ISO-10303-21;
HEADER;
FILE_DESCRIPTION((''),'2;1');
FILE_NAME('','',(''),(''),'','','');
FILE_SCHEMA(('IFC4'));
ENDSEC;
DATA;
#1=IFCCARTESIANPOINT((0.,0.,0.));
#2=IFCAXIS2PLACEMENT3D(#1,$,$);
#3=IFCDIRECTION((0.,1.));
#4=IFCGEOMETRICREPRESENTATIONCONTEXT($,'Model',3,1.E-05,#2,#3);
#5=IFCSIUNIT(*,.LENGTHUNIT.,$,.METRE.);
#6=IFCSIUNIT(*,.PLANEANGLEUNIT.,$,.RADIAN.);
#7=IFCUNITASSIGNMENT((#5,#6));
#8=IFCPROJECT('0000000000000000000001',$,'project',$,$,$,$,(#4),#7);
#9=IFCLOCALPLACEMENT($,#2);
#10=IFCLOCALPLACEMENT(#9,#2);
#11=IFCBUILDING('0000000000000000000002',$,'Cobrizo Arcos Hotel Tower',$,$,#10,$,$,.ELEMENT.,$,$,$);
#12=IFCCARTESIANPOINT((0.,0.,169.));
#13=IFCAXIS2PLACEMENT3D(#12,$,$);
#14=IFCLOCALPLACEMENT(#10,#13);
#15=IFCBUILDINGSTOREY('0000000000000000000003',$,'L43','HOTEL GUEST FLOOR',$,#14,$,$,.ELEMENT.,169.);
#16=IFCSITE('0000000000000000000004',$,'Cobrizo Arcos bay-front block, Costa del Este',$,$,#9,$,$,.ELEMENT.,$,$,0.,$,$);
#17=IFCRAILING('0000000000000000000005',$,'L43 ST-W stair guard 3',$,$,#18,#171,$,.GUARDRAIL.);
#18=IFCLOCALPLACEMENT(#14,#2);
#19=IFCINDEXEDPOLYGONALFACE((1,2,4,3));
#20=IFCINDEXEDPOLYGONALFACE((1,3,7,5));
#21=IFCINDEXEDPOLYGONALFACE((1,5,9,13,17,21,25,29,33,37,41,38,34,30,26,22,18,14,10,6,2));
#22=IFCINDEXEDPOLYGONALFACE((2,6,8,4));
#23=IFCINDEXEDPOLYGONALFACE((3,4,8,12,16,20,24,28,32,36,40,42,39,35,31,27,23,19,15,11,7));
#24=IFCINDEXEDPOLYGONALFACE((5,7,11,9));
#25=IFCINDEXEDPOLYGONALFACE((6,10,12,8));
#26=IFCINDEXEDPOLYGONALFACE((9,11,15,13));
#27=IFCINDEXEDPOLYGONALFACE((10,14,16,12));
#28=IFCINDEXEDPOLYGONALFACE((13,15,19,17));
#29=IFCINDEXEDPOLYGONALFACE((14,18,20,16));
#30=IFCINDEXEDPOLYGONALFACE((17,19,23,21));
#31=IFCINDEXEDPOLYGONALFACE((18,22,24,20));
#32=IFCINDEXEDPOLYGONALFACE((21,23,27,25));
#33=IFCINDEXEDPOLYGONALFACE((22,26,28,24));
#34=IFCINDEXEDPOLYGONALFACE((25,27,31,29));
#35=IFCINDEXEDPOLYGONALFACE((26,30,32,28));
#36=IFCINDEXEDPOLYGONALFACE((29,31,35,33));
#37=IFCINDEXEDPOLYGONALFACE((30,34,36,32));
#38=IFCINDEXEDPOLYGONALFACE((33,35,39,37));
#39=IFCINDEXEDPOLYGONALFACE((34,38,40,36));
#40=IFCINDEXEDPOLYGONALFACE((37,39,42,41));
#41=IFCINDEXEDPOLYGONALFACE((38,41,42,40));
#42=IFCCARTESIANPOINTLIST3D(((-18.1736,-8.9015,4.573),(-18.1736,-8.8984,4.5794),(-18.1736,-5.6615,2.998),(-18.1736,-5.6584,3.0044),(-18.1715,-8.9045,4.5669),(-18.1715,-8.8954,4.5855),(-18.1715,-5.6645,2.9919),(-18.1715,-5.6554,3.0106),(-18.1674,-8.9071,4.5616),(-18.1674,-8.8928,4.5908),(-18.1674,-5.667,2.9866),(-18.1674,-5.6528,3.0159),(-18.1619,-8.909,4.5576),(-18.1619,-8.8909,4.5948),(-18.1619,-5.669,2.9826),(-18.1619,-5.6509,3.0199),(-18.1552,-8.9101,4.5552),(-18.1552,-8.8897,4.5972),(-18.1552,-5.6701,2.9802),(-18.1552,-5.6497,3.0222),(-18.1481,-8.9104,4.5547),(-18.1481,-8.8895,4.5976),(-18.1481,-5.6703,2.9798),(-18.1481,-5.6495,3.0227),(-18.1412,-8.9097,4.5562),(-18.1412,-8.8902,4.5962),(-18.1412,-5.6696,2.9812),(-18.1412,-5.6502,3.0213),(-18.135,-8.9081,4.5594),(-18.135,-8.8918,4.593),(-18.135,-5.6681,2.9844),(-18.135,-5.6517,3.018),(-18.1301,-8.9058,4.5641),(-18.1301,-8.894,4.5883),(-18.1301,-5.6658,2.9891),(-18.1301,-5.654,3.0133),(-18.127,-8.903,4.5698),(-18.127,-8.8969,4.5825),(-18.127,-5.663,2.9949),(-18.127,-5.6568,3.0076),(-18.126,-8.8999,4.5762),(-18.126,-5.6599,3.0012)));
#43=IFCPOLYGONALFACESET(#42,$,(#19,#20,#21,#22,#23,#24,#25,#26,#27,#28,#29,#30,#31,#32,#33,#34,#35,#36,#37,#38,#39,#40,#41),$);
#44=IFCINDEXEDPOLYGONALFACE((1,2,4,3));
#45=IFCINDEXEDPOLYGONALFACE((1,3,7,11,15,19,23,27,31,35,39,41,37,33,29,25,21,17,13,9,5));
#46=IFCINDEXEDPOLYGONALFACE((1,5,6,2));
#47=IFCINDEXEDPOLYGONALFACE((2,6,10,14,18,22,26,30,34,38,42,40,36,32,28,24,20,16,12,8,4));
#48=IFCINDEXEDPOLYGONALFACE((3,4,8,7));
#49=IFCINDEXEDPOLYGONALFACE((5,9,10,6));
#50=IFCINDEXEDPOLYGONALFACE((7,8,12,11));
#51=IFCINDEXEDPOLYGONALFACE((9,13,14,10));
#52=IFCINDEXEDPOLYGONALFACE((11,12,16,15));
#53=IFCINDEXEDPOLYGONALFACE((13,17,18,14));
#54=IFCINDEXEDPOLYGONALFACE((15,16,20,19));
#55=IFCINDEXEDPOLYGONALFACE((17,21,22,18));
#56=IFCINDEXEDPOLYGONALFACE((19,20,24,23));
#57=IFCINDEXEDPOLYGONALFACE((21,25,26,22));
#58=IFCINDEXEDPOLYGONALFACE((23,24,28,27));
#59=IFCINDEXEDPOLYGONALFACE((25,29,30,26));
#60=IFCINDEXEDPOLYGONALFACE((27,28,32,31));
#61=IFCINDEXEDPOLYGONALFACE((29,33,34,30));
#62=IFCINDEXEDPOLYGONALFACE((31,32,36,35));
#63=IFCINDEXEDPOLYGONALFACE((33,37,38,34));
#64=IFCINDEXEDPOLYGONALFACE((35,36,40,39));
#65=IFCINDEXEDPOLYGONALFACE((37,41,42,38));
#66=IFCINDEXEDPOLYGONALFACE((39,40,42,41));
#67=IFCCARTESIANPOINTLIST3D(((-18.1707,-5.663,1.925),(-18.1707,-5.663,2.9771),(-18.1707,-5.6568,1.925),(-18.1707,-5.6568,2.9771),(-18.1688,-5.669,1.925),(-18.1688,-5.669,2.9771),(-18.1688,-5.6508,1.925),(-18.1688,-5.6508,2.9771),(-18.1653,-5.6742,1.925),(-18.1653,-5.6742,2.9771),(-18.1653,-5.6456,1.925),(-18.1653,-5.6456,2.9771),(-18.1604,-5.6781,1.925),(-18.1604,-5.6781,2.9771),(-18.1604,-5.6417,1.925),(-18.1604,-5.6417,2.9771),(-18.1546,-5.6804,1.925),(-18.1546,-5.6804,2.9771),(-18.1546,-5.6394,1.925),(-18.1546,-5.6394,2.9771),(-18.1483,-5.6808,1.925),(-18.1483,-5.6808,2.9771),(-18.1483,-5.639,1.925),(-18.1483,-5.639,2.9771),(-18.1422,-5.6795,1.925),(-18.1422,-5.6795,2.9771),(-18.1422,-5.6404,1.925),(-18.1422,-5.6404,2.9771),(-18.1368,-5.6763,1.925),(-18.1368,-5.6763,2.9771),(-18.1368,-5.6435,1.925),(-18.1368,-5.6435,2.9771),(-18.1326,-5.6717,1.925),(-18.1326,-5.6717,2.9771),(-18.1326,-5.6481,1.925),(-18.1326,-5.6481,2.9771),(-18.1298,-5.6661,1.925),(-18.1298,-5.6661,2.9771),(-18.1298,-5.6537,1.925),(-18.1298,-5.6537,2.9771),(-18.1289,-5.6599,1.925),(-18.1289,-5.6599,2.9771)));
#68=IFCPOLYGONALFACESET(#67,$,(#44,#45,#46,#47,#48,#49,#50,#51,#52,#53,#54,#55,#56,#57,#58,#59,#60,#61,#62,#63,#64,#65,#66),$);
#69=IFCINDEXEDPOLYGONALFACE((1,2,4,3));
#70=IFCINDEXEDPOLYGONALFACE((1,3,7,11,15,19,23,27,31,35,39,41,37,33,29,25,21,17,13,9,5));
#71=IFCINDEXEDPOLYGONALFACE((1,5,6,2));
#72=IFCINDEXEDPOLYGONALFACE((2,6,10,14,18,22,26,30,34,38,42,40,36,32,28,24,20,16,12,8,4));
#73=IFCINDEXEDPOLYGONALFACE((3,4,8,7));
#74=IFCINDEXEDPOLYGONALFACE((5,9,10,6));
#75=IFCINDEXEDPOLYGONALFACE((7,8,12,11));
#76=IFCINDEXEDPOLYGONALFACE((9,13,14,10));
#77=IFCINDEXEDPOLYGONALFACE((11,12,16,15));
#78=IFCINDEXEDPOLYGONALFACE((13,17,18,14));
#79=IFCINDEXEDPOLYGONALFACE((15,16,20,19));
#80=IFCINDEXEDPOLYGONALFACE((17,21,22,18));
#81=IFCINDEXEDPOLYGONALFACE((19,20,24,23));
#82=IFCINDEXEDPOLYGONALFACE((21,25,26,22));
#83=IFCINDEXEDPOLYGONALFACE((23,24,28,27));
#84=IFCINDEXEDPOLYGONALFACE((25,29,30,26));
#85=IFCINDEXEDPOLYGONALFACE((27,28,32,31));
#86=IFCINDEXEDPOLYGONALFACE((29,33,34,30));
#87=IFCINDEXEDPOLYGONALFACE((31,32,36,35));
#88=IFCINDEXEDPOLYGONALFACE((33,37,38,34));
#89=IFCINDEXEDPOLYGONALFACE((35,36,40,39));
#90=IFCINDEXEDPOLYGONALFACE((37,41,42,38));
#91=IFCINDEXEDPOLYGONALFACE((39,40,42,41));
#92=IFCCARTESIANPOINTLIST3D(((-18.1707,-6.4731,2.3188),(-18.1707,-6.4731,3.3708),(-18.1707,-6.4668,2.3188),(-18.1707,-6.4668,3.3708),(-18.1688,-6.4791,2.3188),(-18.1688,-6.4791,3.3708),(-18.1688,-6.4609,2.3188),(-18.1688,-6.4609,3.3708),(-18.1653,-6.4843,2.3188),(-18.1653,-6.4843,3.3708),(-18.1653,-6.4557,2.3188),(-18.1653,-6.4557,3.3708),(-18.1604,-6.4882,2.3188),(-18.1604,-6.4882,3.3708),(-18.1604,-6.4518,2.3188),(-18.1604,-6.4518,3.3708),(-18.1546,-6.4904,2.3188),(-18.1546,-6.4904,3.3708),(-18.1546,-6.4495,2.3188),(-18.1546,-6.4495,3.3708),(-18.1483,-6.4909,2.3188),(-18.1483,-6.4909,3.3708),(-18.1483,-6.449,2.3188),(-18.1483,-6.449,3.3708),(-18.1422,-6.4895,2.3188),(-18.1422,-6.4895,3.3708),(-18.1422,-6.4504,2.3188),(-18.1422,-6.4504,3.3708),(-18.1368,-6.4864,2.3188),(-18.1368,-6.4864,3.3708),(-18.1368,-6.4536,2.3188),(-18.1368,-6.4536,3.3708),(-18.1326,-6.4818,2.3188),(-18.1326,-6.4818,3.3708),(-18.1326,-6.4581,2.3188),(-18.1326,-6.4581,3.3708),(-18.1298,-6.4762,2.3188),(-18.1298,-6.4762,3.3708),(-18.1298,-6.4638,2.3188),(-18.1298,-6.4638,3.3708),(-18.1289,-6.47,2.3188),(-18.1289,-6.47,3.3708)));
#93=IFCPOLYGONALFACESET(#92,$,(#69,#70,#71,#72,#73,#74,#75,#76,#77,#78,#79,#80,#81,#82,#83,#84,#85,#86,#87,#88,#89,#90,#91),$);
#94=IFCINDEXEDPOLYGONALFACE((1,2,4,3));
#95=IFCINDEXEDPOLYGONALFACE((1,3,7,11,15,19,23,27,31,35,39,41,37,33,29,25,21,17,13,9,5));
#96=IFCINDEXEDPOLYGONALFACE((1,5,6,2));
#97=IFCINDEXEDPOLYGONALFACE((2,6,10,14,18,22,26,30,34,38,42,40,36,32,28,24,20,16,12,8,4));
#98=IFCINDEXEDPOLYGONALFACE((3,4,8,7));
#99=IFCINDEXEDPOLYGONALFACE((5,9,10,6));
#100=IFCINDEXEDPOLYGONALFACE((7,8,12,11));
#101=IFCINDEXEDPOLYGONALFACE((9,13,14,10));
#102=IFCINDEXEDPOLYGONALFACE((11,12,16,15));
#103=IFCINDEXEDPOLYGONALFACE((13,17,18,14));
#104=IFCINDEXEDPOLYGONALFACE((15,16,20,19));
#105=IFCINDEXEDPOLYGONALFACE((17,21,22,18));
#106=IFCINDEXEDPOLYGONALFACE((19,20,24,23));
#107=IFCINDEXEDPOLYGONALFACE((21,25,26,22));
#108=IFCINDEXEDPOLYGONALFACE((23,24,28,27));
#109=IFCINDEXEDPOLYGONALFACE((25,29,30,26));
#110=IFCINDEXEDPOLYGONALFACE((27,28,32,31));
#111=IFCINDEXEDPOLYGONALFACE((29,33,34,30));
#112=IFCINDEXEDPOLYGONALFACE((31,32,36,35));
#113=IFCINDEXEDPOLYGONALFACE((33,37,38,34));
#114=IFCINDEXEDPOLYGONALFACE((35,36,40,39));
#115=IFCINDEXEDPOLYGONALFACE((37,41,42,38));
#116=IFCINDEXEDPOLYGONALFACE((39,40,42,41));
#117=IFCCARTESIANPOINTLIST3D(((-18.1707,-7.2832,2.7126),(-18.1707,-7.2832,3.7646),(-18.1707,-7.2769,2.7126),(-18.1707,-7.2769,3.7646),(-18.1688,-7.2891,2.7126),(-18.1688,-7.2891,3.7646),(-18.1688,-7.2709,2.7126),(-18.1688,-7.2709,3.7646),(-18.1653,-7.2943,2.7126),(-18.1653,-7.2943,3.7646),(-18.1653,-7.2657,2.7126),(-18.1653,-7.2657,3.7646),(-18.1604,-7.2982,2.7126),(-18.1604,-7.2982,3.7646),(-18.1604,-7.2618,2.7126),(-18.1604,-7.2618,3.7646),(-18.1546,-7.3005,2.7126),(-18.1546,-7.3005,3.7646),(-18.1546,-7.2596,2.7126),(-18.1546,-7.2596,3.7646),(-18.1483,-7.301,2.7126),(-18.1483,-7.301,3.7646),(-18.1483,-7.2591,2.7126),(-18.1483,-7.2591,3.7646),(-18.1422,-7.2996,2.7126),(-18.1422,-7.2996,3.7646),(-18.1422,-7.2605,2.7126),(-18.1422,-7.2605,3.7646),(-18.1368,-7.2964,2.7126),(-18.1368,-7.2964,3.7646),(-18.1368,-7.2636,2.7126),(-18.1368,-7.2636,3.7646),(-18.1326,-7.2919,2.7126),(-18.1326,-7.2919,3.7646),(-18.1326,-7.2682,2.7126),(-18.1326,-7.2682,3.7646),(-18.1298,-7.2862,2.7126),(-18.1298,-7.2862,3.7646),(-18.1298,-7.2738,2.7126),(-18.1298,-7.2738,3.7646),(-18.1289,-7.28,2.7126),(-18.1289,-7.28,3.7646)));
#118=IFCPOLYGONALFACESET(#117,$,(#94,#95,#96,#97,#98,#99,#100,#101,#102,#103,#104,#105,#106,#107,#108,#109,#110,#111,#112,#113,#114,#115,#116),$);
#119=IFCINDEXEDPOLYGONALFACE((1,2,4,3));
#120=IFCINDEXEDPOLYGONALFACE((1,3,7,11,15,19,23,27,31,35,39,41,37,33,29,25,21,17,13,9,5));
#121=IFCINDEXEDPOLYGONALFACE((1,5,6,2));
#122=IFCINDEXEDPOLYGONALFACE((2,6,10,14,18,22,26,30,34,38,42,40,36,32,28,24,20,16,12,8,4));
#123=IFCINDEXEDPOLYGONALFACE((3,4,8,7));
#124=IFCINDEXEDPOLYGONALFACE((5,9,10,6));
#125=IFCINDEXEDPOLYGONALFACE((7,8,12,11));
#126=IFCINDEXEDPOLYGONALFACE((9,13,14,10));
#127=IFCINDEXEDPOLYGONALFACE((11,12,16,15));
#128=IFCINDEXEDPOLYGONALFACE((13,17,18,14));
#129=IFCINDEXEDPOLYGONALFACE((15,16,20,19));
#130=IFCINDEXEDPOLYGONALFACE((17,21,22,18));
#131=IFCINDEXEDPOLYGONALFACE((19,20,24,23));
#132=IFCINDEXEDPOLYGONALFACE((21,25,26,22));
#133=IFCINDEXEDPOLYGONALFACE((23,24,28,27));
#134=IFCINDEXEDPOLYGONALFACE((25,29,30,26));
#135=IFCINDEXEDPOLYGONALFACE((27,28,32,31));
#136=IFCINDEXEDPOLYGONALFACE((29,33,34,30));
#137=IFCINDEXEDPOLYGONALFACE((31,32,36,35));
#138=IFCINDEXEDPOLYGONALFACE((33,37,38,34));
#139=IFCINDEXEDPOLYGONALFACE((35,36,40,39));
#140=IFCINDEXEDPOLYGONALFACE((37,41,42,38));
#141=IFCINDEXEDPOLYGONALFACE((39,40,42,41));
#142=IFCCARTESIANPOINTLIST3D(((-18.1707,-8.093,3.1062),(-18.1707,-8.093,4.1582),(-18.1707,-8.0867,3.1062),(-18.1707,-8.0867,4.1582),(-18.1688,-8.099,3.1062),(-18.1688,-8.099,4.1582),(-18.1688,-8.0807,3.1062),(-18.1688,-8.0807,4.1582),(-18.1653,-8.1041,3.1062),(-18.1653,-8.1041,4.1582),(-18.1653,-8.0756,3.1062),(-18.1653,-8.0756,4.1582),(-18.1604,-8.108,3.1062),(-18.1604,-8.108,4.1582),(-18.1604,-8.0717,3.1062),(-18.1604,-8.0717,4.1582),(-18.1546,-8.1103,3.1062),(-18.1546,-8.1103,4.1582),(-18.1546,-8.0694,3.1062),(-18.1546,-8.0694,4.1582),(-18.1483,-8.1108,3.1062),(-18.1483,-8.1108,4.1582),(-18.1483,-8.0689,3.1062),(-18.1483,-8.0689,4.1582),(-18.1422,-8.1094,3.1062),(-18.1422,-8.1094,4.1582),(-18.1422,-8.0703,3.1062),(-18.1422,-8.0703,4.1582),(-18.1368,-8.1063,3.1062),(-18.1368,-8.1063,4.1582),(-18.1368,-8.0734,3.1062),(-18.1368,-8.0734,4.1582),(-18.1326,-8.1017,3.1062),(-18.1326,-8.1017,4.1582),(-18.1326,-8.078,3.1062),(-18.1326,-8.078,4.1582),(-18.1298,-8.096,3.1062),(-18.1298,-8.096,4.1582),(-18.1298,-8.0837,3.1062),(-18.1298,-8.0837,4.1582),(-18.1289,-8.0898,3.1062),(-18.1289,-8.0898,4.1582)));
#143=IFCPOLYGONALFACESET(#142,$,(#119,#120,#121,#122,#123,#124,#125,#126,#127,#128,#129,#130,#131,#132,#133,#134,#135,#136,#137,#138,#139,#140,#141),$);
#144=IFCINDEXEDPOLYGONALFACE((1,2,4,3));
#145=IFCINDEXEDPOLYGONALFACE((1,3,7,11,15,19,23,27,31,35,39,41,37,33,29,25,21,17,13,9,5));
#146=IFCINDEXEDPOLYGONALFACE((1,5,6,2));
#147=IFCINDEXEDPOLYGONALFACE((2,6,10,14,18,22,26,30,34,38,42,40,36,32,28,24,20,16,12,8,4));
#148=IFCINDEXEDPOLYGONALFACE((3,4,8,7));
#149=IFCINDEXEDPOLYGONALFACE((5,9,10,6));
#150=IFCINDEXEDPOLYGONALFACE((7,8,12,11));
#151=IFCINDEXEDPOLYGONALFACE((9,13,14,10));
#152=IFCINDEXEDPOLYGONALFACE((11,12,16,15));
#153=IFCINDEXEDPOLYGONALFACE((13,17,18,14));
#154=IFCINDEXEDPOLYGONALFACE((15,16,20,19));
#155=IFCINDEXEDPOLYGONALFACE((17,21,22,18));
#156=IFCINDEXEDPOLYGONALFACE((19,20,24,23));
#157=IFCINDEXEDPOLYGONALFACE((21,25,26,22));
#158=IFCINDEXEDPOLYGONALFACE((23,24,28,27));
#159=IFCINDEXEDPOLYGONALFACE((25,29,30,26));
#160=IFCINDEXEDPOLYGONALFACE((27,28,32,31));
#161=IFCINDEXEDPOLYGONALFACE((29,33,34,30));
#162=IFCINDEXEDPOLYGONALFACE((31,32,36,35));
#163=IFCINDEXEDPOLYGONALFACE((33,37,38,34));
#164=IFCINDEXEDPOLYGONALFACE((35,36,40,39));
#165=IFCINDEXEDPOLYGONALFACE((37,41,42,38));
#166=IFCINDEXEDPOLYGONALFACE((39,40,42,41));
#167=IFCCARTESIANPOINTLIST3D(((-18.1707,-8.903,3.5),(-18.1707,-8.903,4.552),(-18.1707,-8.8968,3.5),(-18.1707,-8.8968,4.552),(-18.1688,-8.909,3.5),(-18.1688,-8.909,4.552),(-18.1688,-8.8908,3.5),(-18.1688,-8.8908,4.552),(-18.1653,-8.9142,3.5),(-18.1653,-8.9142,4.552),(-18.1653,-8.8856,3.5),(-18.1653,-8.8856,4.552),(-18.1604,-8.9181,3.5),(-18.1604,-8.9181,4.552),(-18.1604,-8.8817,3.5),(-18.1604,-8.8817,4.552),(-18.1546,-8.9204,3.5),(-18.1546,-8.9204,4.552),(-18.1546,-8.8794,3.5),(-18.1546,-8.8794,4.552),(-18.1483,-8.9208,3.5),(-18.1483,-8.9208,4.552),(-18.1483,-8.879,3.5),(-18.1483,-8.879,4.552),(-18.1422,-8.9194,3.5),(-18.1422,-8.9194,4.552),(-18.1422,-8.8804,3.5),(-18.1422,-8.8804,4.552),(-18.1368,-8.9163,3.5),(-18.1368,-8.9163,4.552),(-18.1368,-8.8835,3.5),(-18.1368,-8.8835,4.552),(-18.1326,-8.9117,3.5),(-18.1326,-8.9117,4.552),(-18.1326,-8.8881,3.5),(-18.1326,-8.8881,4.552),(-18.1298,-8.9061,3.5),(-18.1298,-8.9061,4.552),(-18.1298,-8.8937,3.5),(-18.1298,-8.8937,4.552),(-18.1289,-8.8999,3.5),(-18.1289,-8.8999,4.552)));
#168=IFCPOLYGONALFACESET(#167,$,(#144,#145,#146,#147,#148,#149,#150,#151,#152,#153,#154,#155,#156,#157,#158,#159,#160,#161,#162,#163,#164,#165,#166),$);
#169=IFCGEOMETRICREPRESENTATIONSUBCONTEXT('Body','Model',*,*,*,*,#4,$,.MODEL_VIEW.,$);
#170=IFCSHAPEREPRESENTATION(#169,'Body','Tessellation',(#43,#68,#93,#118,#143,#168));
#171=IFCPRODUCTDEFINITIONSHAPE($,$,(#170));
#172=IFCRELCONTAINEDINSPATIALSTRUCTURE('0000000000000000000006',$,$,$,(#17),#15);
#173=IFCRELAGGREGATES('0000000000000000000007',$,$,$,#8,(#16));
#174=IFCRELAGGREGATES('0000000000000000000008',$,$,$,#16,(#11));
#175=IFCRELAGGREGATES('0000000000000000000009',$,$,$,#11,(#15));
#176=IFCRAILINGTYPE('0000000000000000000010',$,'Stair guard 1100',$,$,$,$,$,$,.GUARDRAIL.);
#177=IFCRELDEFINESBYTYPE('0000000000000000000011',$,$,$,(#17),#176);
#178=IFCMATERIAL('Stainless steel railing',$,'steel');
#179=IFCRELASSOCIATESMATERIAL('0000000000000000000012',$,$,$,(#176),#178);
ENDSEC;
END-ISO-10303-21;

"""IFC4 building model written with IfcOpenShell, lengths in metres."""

from ifc_helpers import new_model, si_unit, direction, frame, origin, origin_2d, place, context, subcontext, project, spatial, circle, extrude, material, type_object, element, save


model = new_model("IFC4")

# Units and contexts
model_context = context("Model", 3, precision=1e-05, world=origin(), true_north=direction((0.0, 1.0)))
body_context = subcontext(model_context, "Body", "Model", "MODEL_VIEW")
ifc_project = project(units=[si_unit("LENGTHUNIT", "METRE"), si_unit("PLANEANGLEUNIT", "RADIAN")], contexts=[model_context])

# Site, building, storey
site_placement = place(None, origin())
site = spatial("IfcSite", under=ifc_project, at=site_placement, Name="Cobrizo Arcos bay-front block, Costa del Este", CompositionType="ELEMENT", RefElevation=0.0)
building_placement = place(site_placement, origin())
building = spatial("IfcBuilding", under=site, at=building_placement, Name="Cobrizo Arcos Hotel Tower", CompositionType="ELEMENT")
storey_placement = place(building_placement, frame((0.0, 0.0, 169.0)))
storey = spatial("IfcBuildingStorey", under=building, at=storey_placement, Name="L43", Description="HOTEL GUEST FLOOR", CompositionType="ELEMENT", Elevation=169.0)

# Railing
ifc_material_1 = material(Name="Stainless steel railing", Category="steel")
railing_type_1 = type_object("IfcRailingType", Name="Stair guard 1100", PredefinedType="GUARDRAIL", material=ifc_material_1)
railing_1_placement = place(storey_placement, frame((-18.1499, -5.6599, 1.925)))
element("IfcRailing", 1, at=railing_1_placement, inside=storey, type_object=railing_type_1, Name="L43 ST-W stair guard 3", PredefinedType="GUARDRAIL", context=body_context, shape_type="SweptSolid", body=[
    extrude(circle(Radius=0.0239, at=origin_2d()), frame((0.0, 0.0, 1.0762), z_axis=(0.0, -0.899373, 0.437183), x_axis=(1.0, 0.0, 0.0)), (0.0, 0.0, 1.0), 3.6025),
    extrude(circle(Radius=0.021, at=origin_2d()), origin(), (0.0, 0.0, 1.0), 1.052),
    extrude(circle(Radius=0.021, at=origin_2d()), frame((0.0, -0.8101, 0.3938)), (0.0, 0.0, 1.0), 1.052),
    extrude(circle(Radius=0.021, at=origin_2d()), frame((0.0, -1.6201, 0.7876)), (0.0, 0.0, 1.0), 1.052),
    extrude(circle(Radius=0.021, at=origin_2d()), frame((0.0, -2.4299, 1.1812)), (0.0, 0.0, 1.0), 1.052),
    extrude(circle(Radius=0.021, at=origin_2d()), frame((0.0, -3.24, 1.575)), (0.0, 0.0, 1.0), 1.052),
])

save(model, "model.ifc")
